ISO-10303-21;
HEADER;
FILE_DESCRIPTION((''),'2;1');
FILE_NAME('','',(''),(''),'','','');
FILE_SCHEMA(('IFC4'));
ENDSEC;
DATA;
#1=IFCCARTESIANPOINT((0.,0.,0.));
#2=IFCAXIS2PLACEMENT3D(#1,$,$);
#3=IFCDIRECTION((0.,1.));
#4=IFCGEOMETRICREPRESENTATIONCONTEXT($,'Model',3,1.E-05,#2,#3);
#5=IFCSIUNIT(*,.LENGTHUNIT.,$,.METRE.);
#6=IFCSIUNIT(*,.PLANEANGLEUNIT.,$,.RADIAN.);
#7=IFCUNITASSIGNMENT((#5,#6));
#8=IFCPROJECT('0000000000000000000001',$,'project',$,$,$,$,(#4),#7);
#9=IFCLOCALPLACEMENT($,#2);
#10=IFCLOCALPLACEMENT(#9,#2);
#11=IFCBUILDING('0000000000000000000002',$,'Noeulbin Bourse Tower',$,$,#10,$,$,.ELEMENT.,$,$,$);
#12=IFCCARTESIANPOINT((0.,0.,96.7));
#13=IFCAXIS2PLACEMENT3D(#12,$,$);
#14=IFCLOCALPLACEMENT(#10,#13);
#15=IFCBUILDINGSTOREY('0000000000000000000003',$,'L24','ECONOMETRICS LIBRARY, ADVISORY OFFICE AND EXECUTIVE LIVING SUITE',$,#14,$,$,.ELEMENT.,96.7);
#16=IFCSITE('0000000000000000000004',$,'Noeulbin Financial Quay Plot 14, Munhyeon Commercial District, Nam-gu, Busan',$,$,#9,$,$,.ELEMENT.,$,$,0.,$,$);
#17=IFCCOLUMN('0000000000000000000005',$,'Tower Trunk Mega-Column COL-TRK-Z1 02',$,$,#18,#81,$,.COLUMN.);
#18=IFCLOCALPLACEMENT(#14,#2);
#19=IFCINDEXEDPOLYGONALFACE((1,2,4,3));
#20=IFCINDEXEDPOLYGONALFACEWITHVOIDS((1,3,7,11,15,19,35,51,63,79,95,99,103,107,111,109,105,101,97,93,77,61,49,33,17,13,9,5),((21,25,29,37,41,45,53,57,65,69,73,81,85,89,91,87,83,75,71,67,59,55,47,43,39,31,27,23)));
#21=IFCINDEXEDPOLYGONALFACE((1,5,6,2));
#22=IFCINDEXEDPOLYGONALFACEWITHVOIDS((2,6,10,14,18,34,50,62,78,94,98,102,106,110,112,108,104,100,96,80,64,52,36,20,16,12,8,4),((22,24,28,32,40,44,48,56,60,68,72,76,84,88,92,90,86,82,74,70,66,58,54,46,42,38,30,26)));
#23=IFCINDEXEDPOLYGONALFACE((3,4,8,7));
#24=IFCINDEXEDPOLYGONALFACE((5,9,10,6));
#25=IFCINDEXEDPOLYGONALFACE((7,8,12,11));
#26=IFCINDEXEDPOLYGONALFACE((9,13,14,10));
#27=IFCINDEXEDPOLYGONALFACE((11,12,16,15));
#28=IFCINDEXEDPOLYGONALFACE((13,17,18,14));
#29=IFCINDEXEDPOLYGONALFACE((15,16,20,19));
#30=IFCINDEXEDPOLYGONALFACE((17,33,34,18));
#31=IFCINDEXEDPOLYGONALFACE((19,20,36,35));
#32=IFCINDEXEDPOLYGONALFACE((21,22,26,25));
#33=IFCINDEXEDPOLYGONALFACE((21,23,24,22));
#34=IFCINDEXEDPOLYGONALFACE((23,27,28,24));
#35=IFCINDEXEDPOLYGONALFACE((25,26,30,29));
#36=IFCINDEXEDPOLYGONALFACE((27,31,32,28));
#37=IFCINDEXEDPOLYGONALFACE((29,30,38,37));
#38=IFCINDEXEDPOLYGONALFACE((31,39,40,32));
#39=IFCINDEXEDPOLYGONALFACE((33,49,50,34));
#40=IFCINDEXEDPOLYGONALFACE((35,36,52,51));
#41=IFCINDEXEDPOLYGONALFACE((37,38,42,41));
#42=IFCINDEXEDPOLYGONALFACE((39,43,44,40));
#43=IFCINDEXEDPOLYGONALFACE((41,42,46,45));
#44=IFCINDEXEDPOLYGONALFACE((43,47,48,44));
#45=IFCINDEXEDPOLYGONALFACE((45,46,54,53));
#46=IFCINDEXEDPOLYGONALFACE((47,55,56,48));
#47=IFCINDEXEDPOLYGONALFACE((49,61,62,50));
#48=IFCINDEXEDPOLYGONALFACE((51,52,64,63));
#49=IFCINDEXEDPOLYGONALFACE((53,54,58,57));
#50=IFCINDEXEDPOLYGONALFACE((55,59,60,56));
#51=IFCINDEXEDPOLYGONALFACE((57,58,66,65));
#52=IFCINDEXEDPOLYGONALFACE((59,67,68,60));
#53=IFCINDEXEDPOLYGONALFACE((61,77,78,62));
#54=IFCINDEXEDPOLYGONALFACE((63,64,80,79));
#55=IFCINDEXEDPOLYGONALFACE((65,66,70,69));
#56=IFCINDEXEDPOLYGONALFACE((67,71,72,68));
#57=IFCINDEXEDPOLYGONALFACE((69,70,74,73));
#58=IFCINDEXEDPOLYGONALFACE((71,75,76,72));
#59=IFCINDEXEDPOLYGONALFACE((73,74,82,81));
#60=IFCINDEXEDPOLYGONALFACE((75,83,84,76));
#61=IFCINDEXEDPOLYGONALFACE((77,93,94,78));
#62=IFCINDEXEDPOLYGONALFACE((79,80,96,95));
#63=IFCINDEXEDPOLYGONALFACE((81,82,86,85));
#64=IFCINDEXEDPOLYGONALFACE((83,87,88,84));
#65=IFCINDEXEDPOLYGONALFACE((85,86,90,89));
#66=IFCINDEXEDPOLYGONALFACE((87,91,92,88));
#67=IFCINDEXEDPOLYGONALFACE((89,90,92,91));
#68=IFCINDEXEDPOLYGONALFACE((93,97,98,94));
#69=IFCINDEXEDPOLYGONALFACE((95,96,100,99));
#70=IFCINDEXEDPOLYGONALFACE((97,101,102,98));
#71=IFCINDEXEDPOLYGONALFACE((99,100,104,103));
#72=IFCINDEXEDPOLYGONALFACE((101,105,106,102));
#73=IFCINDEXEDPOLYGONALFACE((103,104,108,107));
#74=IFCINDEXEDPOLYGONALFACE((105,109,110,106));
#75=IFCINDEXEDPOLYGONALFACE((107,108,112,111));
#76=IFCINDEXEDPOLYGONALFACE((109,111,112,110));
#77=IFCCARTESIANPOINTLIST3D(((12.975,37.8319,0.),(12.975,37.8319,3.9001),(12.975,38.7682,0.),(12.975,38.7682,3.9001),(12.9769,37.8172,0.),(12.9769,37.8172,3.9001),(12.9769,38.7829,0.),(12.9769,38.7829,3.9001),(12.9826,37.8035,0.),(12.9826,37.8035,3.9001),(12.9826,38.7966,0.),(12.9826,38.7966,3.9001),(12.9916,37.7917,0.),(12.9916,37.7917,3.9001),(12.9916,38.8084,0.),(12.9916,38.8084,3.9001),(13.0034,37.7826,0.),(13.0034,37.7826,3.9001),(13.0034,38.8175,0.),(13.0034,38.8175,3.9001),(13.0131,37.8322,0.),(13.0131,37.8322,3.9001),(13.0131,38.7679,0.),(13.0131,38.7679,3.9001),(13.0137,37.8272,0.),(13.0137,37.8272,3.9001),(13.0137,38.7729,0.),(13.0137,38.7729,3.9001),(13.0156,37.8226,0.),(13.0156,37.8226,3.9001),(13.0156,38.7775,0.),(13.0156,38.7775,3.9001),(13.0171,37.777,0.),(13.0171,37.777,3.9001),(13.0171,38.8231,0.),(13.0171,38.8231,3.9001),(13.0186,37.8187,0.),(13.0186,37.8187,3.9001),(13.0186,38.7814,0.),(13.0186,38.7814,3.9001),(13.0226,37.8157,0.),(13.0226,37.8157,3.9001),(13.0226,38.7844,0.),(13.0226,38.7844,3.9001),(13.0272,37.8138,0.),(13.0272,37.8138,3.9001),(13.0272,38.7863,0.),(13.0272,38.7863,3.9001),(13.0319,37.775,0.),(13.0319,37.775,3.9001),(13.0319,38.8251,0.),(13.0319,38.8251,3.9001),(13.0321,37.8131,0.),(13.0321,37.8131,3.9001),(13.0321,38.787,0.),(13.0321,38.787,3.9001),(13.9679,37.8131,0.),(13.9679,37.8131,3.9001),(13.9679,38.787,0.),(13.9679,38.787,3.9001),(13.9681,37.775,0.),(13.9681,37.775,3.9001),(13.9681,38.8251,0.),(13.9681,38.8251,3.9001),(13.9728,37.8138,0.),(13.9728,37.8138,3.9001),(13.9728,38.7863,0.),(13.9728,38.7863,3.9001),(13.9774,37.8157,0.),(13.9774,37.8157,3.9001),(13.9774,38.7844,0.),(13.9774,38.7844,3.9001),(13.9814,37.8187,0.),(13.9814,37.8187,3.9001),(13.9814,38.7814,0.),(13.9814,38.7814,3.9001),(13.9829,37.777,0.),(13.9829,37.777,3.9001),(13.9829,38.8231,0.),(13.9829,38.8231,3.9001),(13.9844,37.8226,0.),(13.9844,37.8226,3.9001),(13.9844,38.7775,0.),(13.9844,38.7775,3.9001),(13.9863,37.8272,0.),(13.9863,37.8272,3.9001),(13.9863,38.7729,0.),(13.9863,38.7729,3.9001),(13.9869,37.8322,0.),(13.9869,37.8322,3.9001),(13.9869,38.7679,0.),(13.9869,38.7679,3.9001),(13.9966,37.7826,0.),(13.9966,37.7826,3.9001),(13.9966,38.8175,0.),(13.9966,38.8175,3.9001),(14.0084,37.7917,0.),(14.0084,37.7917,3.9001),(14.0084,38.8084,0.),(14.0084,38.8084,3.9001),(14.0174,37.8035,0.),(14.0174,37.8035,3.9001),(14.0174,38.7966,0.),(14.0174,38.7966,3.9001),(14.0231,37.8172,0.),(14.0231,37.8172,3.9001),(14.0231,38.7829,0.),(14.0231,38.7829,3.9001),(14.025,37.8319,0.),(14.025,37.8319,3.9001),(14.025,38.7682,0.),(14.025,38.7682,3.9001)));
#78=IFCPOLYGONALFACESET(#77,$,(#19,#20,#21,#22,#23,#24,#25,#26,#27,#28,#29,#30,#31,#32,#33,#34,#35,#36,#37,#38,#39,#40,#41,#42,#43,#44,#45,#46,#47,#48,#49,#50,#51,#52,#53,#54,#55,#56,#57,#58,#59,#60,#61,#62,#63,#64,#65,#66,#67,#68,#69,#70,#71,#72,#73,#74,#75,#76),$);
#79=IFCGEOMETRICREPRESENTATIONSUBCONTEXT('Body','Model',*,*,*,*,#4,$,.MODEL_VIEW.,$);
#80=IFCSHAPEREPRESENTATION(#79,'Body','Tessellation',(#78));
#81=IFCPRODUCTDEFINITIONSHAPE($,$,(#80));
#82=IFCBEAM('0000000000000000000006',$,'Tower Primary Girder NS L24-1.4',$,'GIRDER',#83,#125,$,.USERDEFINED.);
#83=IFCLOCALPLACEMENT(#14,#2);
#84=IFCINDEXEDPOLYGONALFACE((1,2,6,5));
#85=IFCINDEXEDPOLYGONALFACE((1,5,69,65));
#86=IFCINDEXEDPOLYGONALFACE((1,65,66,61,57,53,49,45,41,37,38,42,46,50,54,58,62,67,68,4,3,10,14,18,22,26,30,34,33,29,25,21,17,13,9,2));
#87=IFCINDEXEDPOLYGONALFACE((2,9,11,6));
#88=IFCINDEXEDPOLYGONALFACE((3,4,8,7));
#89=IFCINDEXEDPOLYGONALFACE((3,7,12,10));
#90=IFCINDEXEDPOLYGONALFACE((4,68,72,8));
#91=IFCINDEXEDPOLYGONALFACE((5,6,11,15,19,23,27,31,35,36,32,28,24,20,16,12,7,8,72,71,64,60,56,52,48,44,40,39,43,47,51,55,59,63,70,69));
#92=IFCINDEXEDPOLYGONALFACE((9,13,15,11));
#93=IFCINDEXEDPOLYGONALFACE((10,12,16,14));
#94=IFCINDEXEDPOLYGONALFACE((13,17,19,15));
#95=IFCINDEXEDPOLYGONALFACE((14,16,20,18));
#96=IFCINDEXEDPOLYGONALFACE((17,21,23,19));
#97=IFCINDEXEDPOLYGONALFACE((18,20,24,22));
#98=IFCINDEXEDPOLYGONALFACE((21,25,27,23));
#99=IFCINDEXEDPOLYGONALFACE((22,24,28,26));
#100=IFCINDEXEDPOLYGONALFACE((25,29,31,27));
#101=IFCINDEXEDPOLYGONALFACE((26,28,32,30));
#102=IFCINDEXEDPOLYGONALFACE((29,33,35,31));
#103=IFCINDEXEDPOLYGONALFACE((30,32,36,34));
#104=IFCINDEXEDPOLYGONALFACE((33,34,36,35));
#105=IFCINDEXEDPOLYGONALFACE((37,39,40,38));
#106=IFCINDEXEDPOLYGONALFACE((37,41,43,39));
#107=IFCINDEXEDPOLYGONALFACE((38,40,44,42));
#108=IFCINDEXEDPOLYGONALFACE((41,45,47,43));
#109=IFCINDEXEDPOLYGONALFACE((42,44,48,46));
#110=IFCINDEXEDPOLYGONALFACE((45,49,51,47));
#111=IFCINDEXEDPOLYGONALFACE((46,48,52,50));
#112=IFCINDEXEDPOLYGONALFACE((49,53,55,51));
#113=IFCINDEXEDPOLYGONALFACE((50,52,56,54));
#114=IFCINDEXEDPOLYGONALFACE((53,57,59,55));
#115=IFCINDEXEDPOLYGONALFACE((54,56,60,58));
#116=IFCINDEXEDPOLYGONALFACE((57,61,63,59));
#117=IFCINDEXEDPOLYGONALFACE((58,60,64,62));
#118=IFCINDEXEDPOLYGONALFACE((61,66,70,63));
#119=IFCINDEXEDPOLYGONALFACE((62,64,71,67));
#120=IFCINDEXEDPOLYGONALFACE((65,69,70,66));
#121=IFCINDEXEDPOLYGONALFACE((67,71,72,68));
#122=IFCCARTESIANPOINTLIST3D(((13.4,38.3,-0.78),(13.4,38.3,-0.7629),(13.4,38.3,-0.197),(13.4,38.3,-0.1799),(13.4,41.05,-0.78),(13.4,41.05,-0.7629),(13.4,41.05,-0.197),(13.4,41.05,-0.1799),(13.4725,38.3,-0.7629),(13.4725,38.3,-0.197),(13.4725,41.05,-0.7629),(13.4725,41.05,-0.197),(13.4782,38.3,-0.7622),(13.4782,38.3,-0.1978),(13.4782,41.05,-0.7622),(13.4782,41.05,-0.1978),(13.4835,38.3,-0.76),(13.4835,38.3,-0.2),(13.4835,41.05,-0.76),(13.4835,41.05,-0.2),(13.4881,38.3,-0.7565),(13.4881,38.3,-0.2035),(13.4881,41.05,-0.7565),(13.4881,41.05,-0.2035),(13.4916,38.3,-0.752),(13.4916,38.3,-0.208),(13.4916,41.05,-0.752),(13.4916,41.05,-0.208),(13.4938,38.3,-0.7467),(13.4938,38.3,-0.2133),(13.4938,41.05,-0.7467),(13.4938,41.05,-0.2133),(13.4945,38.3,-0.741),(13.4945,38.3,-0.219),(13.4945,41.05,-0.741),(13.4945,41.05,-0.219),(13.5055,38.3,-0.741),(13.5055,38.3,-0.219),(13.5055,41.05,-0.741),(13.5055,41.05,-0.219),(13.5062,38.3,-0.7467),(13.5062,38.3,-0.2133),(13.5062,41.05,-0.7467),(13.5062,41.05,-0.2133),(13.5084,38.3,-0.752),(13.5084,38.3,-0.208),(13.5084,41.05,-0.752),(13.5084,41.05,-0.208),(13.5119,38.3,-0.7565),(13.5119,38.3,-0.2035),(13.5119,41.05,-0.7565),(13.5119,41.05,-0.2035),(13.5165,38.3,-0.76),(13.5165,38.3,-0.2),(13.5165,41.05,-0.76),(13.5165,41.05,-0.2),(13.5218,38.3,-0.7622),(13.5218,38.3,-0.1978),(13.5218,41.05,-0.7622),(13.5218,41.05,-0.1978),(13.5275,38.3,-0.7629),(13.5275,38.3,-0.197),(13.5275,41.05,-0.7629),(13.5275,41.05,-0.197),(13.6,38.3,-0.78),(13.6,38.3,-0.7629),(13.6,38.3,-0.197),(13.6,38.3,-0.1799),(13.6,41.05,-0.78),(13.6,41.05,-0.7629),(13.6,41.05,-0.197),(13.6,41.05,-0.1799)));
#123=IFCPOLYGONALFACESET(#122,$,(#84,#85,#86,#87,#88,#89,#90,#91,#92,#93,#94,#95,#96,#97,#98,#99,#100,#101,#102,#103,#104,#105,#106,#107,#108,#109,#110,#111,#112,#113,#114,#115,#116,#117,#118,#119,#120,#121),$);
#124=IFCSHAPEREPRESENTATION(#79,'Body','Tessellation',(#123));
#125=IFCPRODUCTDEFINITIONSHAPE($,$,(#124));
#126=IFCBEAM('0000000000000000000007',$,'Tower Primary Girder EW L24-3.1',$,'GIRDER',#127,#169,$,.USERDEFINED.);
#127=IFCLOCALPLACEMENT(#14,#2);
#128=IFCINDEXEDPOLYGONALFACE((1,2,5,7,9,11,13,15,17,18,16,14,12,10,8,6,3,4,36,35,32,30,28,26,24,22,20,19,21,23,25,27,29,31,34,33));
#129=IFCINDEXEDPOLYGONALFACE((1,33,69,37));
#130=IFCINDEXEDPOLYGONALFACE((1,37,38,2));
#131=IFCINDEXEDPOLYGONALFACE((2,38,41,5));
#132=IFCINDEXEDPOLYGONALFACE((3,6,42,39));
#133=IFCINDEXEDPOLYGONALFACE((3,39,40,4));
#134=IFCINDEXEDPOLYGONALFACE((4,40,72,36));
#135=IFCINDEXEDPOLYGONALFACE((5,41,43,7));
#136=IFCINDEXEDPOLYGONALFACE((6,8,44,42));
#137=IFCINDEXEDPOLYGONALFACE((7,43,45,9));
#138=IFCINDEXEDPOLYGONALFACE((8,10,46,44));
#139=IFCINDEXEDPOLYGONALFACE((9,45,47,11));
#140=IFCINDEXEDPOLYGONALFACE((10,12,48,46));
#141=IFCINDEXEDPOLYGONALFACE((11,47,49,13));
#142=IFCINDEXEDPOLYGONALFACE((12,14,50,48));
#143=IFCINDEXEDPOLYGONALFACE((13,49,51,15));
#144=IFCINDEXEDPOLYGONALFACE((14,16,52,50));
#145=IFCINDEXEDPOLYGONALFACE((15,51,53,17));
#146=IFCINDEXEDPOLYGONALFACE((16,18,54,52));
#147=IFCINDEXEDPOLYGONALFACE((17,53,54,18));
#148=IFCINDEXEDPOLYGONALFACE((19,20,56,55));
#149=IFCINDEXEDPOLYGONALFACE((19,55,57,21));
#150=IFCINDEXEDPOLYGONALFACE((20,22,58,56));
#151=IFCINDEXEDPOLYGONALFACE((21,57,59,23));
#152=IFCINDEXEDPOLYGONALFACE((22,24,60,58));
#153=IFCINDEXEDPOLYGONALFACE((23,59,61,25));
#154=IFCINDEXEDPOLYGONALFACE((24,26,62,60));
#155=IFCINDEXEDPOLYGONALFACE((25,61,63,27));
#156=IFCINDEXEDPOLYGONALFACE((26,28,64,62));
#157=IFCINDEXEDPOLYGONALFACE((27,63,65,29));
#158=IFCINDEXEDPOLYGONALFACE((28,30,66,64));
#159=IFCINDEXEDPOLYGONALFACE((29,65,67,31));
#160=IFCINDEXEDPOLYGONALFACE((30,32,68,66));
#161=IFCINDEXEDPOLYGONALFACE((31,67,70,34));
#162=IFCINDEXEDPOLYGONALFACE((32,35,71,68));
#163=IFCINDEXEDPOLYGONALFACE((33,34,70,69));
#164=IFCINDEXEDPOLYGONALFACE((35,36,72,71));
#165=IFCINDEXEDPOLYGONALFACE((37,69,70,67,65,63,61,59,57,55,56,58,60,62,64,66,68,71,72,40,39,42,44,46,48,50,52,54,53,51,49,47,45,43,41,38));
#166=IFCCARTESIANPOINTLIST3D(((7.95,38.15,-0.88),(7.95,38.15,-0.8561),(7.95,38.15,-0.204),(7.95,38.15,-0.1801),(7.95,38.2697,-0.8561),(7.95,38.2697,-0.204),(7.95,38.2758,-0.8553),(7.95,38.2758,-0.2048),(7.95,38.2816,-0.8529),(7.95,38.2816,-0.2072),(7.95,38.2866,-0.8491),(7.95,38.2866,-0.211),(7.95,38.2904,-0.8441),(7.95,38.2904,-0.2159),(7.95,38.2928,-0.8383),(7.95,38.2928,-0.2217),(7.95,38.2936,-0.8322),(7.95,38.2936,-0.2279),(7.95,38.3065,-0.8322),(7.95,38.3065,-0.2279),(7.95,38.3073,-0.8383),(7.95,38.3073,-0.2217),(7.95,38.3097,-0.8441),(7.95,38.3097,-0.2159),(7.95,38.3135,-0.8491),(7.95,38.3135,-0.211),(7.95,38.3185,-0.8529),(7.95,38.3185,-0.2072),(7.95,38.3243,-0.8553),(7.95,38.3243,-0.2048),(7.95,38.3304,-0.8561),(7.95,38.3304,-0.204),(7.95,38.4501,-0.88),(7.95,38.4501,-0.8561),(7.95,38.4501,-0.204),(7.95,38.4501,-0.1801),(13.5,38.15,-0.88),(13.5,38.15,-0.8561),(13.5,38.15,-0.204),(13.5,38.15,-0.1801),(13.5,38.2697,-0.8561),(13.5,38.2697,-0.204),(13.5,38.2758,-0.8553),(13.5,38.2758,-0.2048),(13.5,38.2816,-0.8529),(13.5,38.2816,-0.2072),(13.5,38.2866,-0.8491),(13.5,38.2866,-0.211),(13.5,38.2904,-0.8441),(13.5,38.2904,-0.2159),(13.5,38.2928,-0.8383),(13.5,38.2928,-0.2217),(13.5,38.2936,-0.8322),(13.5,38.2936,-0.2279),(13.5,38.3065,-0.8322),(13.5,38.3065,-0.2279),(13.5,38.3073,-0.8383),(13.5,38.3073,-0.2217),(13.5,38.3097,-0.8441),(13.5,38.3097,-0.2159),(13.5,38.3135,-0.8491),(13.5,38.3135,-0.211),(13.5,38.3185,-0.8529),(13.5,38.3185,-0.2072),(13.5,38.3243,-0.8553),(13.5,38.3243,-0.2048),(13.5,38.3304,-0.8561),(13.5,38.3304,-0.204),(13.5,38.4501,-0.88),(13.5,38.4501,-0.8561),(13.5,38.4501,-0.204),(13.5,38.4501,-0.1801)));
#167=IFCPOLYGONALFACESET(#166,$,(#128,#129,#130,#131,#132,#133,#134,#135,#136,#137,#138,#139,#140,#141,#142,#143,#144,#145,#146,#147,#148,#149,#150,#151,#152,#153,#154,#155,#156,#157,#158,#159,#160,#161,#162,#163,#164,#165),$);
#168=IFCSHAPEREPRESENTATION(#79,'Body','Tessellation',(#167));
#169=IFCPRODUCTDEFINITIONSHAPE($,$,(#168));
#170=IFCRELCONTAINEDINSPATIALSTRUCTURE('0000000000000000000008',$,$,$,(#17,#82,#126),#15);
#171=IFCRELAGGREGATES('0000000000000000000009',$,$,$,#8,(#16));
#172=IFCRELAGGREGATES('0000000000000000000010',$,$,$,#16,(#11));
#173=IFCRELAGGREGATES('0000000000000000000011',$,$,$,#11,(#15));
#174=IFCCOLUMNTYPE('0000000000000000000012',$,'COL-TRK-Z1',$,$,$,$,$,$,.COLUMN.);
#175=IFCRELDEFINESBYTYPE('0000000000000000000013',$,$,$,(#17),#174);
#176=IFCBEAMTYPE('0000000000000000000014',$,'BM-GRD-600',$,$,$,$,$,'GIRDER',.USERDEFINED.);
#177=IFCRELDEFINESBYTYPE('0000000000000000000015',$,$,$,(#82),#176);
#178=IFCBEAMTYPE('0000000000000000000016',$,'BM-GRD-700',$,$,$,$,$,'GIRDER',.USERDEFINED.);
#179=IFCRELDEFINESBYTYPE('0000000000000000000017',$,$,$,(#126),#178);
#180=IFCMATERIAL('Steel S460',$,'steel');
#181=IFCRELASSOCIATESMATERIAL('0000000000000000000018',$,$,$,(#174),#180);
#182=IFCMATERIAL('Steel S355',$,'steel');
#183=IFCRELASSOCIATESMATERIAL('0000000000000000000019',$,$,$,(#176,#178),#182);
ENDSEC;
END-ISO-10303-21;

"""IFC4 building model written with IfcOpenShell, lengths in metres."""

from ifc_helpers import new_model, si_unit, direction, frame, origin, origin_2d, place, context, subcontext, project, spatial, hollow_rectangle, i_section, extrude, material, material_profile, profile_set, type_object, element, save


model = new_model("IFC4")

# Units and contexts
model_context = context("Model", 3, precision=1e-05, world=origin(), true_north=direction((0.0, 1.0)))
body_context = subcontext(model_context, "Body", "Model", "MODEL_VIEW")
ifc_project = project(units=[si_unit("LENGTHUNIT", "METRE"), si_unit("PLANEANGLEUNIT", "RADIAN")], contexts=[model_context])

# Site, building, storey
site_placement = place(None, origin())
site = spatial("IfcSite", under=ifc_project, at=site_placement, Name="Noeulbin Financial Quay Plot 14, Munhyeon Commercial District, Nam-gu, Busan", CompositionType="ELEMENT", RefElevation=0.0)
building_placement = place(site_placement, origin())
building = spatial("IfcBuilding", under=site, at=building_placement, Name="Noeulbin Bourse Tower", CompositionType="ELEMENT")
storey_placement = place(building_placement, frame((0.0, 0.0, 96.7)))
storey = spatial("IfcBuildingStorey", under=building, at=storey_placement, Name="L24", Description="ECONOMETRICS LIBRARY, ADVISORY OFFICE AND EXECUTIVE LIVING SUITE", CompositionType="ELEMENT", Elevation=96.7)

# Column
ifc_material_1 = material(Name="Steel S460", Category="steel")
ifc_material_profile_1 = material_profile(ifc_material_1, hollow_rectangle(XDim=1.05, YDim=1.05, WallThickness=0.0381, InnerFilletRadius=0.019, OuterFilletRadius=0.0569, at=origin_2d()), Name="BOX-1050x1050x38", Category="LoadBearing")
ifc_profile_set_1 = profile_set([ifc_material_profile_1], Name="Steel S460")
column_type_1 = type_object("IfcColumnType", Name="COL-TRK-Z1", PredefinedType="COLUMN", material=ifc_profile_set_1)
column_placement = place(storey_placement, frame((13.5, 38.3, 0.0), z_axis=(0.0, 0.0, 1.0), x_axis=(1.0, 0.0, 0.0)))
element("IfcColumn", 1, at=column_placement, inside=storey, type_object=column_type_1, Name="Tower Trunk Mega-Column COL-TRK-Z1 02", PredefinedType="COLUMN", context=body_context, shape_type="SweptSolid", body=[
    extrude(hollow_rectangle(XDim=1.05, YDim=1.05, WallThickness=0.0381, InnerFilletRadius=0.019, OuterFilletRadius=0.0569, at=origin_2d()), origin(), (0.0, 0.0, 1.0), 3.9001),
])

# Beams
ifc_material_2 = material(Name="Steel S355", Category="steel")
ifc_material_profile_2 = material_profile(ifc_material_2, i_section(OverallWidth=0.2, OverallDepth=0.6001, WebThickness=0.011, FlangeThickness=0.0171, FilletRadius=0.022, at=origin_2d()), Name="H-600x200x11x17", Category="LoadBearing")
ifc_profile_set_2 = profile_set([ifc_material_profile_2], Name="Steel S355")
beam_type_1 = type_object("IfcBeamType", Name="BM-GRD-600", ElementType="GIRDER", PredefinedType="USERDEFINED", material=ifc_profile_set_2)
beam_1_placement = place(storey_placement, frame((13.5, 38.3, -0.48), z_axis=(0.0, 1.0, 0.0), x_axis=(-1.0, 0.0, 0.0)))
element("IfcBeam", 2, at=beam_1_placement, inside=storey, type_object=beam_type_1, Name="Tower Primary Girder NS L24-1.4", ObjectType="GIRDER", PredefinedType="USERDEFINED", context=body_context, shape_type="SweptSolid", body=[
    extrude(i_section(OverallWidth=0.2, OverallDepth=0.6001, WebThickness=0.011, FlangeThickness=0.0171, FilletRadius=0.022, at=origin_2d()), origin(), (0.0, 0.0, 1.0), 2.75),
])
ifc_material_profile_3 = material_profile(ifc_material_2, i_section(OverallWidth=0.3, OverallDepth=0.7, WebThickness=0.0129, FlangeThickness=0.0239, FilletRadius=0.0239, at=origin_2d()), Name="H-700x300x13x24", Category="LoadBearing")
ifc_profile_set_3 = profile_set([ifc_material_profile_3], Name="Steel S355")
beam_type_2 = type_object("IfcBeamType", Name="BM-GRD-700", ElementType="GIRDER", PredefinedType="USERDEFINED", material=ifc_profile_set_3)
beam_2_placement = place(storey_placement, frame((7.95, 38.3, -0.53), z_axis=(1.0, 0.0, 0.0), x_axis=(0.0, 1.0, 0.0)))
element("IfcBeam", 3, at=beam_2_placement, inside=storey, type_object=beam_type_2, Name="Tower Primary Girder EW L24-3.1", ObjectType="GIRDER", PredefinedType="USERDEFINED", context=body_context, shape_type="SweptSolid", body=[
    extrude(i_section(OverallWidth=0.3, OverallDepth=0.7, WebThickness=0.0129, FlangeThickness=0.0239, FilletRadius=0.0239, at=origin_2d()), origin(), (0.0, 0.0, 1.0), 5.55),
])

save(model, "model.ifc")
